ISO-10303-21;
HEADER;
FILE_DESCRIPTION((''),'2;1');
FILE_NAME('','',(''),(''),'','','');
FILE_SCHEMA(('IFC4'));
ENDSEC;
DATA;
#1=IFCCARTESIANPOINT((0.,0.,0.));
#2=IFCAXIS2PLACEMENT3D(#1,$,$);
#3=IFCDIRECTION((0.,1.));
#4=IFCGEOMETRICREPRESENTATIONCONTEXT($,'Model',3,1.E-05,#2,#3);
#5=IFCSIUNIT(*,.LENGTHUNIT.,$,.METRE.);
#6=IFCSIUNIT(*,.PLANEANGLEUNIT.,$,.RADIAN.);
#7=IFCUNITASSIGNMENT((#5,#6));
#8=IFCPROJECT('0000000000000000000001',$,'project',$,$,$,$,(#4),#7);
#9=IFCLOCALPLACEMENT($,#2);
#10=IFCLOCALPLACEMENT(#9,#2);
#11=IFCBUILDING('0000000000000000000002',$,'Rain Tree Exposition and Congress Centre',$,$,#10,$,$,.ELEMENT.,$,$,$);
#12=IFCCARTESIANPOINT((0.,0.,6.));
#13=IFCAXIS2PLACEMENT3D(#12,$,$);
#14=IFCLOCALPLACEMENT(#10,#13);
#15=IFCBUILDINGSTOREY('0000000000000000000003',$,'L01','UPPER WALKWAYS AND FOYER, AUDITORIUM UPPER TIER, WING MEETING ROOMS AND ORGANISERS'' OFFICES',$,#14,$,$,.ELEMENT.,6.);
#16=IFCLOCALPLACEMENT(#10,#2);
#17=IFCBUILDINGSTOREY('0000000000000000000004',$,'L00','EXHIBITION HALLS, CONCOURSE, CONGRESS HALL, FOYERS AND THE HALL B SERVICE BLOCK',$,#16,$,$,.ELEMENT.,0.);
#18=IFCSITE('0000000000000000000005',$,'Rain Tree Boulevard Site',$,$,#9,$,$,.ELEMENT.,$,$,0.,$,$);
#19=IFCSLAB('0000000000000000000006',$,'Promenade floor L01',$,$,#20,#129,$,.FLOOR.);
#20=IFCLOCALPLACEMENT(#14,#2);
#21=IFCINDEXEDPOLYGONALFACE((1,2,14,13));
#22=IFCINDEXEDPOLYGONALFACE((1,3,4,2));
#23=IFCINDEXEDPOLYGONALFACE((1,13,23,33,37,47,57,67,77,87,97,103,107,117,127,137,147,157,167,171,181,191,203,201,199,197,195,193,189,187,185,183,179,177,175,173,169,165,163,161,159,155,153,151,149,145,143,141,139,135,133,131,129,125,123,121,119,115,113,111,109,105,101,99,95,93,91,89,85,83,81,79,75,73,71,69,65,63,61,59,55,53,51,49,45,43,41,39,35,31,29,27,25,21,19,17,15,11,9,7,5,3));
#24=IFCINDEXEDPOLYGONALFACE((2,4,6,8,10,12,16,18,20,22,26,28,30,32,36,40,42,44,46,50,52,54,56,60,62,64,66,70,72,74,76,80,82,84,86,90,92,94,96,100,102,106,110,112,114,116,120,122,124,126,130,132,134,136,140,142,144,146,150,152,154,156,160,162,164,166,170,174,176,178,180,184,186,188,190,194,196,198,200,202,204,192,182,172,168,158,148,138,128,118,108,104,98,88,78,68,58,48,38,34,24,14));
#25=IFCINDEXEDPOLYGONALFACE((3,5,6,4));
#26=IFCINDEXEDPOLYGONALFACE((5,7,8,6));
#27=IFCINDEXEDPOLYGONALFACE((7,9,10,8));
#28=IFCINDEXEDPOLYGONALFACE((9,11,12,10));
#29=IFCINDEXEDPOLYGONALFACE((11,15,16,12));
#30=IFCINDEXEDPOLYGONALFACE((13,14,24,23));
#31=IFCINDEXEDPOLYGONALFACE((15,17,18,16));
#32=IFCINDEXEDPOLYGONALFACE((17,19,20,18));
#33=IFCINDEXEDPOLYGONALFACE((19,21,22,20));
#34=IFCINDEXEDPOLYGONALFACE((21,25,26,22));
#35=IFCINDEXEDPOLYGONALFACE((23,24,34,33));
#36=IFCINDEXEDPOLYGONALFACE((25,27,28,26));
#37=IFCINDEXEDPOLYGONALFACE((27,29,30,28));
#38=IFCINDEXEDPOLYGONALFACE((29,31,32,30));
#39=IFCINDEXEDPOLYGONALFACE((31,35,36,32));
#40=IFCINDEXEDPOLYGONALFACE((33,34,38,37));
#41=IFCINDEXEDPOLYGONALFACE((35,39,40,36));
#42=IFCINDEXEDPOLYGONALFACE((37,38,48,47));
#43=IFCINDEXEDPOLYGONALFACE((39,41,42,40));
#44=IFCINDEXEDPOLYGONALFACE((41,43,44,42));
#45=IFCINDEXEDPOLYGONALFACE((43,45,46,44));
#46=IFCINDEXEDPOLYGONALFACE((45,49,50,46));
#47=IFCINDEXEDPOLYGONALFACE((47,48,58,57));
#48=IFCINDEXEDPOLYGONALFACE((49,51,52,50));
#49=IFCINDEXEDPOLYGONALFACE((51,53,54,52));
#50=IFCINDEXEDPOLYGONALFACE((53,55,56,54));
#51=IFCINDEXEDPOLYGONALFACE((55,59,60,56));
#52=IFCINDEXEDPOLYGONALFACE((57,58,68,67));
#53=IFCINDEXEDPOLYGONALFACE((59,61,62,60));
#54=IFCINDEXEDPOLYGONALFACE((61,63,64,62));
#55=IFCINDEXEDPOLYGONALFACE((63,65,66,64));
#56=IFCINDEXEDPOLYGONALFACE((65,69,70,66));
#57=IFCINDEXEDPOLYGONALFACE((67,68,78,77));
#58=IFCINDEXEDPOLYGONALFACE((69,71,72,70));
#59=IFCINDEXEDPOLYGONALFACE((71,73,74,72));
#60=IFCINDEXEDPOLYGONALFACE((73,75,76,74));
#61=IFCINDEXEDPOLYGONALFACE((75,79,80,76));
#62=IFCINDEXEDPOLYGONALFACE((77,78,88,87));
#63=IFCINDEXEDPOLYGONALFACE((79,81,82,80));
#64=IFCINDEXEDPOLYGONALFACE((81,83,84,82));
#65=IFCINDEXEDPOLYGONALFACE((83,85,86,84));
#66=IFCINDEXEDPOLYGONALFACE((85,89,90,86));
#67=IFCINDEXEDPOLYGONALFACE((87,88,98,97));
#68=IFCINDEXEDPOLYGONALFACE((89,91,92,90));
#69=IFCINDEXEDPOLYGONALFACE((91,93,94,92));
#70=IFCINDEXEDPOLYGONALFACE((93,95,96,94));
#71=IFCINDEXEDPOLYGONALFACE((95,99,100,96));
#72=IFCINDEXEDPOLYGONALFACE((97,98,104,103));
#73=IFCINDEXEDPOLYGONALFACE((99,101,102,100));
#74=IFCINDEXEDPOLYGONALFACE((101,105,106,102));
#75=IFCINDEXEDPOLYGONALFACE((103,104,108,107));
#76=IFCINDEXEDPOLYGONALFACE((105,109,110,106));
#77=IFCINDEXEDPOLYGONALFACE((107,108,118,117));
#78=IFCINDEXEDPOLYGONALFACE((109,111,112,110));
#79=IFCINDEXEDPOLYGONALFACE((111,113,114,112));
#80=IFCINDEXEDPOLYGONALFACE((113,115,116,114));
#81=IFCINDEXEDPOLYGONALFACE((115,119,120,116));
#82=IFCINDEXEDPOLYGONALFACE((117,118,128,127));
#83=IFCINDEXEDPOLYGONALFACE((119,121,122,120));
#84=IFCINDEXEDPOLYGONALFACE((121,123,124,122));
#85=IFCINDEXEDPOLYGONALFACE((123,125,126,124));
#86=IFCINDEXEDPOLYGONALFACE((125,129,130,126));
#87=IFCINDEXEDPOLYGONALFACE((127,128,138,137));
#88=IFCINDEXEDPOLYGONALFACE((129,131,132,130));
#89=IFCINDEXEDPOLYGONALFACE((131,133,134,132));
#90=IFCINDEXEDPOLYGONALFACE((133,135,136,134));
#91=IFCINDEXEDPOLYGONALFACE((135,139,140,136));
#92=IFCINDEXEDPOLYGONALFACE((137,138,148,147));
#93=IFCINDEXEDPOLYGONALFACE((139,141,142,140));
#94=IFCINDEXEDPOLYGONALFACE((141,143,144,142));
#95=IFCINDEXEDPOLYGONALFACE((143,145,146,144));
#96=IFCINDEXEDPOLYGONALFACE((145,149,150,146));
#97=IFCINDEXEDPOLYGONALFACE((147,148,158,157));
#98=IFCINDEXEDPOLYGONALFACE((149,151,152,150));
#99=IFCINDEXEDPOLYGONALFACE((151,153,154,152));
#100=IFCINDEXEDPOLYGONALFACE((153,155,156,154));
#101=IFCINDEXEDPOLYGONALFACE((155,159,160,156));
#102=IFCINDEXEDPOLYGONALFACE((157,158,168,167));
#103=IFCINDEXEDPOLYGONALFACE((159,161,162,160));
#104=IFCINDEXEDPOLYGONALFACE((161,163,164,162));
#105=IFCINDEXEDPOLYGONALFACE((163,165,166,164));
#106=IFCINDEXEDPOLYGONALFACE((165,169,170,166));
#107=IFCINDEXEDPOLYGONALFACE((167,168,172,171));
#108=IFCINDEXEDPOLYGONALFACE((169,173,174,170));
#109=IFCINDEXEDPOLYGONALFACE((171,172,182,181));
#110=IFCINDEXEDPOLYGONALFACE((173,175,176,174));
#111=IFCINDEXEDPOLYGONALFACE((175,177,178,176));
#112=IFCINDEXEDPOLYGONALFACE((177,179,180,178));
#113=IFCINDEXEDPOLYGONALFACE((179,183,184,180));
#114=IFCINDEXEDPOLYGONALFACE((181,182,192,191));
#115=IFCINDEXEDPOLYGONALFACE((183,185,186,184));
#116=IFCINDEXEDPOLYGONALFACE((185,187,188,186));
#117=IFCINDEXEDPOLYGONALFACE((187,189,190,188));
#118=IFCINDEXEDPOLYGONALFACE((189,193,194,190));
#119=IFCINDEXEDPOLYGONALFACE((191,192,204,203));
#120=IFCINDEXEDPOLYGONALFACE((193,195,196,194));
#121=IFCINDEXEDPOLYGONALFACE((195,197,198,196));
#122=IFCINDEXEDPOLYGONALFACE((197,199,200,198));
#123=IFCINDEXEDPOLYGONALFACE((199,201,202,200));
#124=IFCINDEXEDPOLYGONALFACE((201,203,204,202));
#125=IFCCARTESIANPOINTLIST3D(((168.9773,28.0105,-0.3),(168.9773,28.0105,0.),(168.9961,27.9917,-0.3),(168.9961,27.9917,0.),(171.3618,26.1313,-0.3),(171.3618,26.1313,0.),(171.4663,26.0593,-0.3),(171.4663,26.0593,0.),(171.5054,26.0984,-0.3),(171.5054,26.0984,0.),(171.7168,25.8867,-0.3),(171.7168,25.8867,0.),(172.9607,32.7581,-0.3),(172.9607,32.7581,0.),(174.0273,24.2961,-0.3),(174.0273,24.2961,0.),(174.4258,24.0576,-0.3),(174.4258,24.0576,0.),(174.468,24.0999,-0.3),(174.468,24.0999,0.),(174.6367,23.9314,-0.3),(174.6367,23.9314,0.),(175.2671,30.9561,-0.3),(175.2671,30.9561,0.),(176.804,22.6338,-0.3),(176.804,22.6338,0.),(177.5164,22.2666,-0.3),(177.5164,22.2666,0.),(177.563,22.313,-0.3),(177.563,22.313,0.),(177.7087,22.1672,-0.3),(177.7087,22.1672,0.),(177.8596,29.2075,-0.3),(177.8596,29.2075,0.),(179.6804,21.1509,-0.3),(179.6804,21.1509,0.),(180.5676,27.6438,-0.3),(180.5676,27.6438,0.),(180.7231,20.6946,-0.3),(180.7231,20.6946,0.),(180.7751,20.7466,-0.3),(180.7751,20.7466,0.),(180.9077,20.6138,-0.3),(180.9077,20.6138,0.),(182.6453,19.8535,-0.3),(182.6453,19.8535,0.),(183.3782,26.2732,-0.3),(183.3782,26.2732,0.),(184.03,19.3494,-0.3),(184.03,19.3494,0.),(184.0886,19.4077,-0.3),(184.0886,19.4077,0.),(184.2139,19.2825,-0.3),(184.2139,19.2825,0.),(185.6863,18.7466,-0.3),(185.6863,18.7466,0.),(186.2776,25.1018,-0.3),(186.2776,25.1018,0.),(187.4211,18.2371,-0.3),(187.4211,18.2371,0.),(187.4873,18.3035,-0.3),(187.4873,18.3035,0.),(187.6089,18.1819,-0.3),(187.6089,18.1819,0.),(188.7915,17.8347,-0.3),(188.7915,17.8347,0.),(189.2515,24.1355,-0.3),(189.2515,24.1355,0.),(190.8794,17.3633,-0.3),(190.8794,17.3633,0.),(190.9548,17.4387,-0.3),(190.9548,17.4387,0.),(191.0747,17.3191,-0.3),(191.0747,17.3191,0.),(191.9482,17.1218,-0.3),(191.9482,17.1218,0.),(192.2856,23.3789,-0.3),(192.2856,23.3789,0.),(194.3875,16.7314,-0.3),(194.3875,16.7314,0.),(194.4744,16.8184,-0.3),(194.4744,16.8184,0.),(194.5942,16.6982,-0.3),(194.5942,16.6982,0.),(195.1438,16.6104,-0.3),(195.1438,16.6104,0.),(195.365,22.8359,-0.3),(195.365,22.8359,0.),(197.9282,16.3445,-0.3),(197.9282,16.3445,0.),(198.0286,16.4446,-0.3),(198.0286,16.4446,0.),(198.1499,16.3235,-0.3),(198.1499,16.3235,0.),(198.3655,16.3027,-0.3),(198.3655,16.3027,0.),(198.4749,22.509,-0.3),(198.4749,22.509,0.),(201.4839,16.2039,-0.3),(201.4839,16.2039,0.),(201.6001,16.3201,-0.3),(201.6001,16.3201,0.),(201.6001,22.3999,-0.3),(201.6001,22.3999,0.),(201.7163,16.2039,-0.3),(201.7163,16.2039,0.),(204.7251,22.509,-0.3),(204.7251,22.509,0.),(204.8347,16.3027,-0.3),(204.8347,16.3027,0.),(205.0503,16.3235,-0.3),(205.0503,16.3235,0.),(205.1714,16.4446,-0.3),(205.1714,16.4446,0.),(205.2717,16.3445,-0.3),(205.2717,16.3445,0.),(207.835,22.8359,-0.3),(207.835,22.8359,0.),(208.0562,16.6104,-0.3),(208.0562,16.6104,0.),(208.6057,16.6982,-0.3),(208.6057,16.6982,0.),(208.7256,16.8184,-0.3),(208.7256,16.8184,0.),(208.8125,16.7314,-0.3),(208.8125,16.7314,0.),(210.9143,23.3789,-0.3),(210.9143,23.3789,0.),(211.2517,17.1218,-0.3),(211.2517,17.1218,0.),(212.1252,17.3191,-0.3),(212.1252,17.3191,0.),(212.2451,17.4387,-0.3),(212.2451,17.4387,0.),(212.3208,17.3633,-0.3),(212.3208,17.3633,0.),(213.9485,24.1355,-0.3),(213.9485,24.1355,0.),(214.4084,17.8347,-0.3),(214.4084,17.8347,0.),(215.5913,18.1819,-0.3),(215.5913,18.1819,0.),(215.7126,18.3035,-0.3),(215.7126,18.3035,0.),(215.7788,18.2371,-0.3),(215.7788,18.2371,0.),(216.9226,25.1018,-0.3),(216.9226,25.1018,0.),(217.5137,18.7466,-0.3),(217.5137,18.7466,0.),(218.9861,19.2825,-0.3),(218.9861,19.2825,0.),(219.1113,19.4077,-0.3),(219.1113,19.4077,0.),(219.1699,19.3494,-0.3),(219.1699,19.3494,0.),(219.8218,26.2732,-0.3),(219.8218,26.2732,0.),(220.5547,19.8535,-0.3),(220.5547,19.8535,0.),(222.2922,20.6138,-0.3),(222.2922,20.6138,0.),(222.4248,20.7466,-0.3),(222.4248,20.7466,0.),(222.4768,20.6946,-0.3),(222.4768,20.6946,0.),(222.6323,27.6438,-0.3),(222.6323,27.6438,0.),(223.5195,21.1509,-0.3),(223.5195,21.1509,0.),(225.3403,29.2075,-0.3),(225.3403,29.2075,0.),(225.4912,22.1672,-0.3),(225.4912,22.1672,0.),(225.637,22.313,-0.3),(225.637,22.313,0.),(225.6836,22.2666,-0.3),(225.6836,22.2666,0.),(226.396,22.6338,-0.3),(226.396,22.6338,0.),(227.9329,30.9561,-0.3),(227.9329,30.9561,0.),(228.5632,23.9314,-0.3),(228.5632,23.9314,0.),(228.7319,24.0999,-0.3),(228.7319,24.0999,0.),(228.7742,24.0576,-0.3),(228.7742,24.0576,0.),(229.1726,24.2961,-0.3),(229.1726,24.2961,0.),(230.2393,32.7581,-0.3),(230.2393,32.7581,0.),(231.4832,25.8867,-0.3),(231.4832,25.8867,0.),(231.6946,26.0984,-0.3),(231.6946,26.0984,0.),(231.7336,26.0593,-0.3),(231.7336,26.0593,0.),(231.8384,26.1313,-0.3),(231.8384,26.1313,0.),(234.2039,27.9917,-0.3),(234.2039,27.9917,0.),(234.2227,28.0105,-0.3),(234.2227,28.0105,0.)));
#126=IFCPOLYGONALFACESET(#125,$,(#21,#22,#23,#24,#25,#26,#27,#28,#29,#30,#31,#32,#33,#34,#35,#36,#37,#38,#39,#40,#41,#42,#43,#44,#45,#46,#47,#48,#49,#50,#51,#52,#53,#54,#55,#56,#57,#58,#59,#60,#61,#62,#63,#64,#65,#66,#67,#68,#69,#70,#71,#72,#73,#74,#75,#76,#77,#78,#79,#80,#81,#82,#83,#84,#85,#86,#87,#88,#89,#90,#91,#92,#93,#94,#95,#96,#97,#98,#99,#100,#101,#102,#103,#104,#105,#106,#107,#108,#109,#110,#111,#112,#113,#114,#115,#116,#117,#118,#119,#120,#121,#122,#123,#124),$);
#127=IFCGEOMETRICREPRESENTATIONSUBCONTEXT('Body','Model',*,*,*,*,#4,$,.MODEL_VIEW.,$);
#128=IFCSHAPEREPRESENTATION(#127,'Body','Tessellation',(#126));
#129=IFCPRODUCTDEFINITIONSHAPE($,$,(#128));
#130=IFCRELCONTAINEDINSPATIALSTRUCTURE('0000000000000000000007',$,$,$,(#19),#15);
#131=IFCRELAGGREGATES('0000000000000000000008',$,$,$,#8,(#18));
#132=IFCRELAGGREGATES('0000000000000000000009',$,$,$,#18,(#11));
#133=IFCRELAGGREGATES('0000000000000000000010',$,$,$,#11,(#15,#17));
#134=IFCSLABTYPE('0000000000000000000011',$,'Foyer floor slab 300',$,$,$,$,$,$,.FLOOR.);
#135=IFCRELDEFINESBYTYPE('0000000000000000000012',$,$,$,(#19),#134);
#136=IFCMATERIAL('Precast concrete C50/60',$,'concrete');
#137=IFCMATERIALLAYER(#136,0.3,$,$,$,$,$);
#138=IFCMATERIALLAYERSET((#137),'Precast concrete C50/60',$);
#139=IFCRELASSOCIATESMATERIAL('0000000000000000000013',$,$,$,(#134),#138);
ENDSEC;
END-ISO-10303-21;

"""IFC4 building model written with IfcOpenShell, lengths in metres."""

from ifc_helpers import new_model, si_unit, direction, frame, origin, place, context, subcontext, project, spatial, polyline, outline, extrude, material, layer, layer_set, type_object, element, save


model = new_model("IFC4")

# Units and contexts
model_context = context("Model", 3, precision=1e-05, world=origin(), true_north=direction((0.0, 1.0)))
body_context = subcontext(model_context, "Body", "Model", "MODEL_VIEW")
ifc_project = project(units=[si_unit("LENGTHUNIT", "METRE"), si_unit("PLANEANGLEUNIT", "RADIAN")], contexts=[model_context])

# Site, building, storey
site_placement = place(None, origin())
site = spatial("IfcSite", under=ifc_project, at=site_placement, Name="Rain Tree Boulevard Site", CompositionType="ELEMENT", RefElevation=0.0)
building_placement = place(site_placement, origin())
building = spatial("IfcBuilding", under=site, at=building_placement, Name="Rain Tree Exposition and Congress Centre", CompositionType="ELEMENT")
storey_1_placement = place(building_placement, frame((0.0, 0.0, 6.0)))
storey_1 = spatial("IfcBuildingStorey", under=building, at=storey_1_placement, Name="L01", Description="UPPER WALKWAYS AND FOYER, AUDITORIUM UPPER TIER, WING MEETING ROOMS AND ORGANISERS' OFFICES", CompositionType="ELEMENT", Elevation=6.0)

# Slab
ifc_material_1 = material(Name="Precast concrete C50/60", Category="concrete")
ifc_layer_1 = layer(ifc_material_1, 0.3)
ifc_layer_set_1 = layer_set([ifc_layer_1], Name="Precast concrete C50/60")
slab_type_1 = type_object("IfcSlabType", Name="Foyer floor slab 300", PredefinedType="FLOOR", material=ifc_layer_set_1)
slab_1_placement = place(storey_1_placement, frame((0.0, 0.0, -0.3)))
element("IfcSlab", 1, at=slab_1_placement, inside=storey_1, type_object=slab_type_1, Name="Promenade floor L01", PredefinedType="FLOOR", context=body_context, shape_type="SweptSolid", body=[
    extrude(outline(polyline([(177.8596, 29.2075), (175.2671, 30.9561), (172.9607, 32.7581), (168.9773, 28.0105), (168.9961, 27.9917), (171.3618, 26.1313), (171.4663, 26.0593), (171.5054, 26.0984), (171.7168, 25.8867), (174.0273, 24.2961), (174.4258, 24.0576), (174.468, 24.0999), (174.6367, 23.9314), (176.804, 22.6338), (177.5164, 22.2666), (177.563, 22.313), (177.7087, 22.1672), (179.6804, 21.1509), (180.7231, 20.6946), (180.7751, 20.7466), (180.9077, 20.6138), (182.6453, 19.8535), (184.03, 19.3494), (184.0886, 19.4077), (184.2139, 19.2825), (185.6863, 18.7466), (187.4211, 18.2371), (187.4873, 18.3035), (187.6089, 18.1819), (188.7915, 17.8347), (190.8794, 17.3633), (190.9548, 17.4387), (191.0747, 17.3191), (191.9482, 17.1218), (194.3875, 16.7314), (194.4744, 16.8184), (194.5942, 16.6982), (195.1438, 16.6104), (197.9282, 16.3445), (198.0286, 16.4446), (198.1499, 16.3235), (198.3655, 16.3027), (201.4839, 16.2039), (201.6001, 16.3201), (201.7163, 16.2039), (204.8347, 16.3027), (205.0503, 16.3235), (205.1714, 16.4446), (205.2717, 16.3445), (208.0562, 16.6104), (208.6057, 16.6982), (208.7256, 16.8184), (208.8125, 16.7314), (211.2517, 17.1218), (212.1252, 17.3191), (212.2451, 17.4387), (212.3208, 17.3633), (214.4084, 17.8347), (215.5913, 18.1819), (215.7126, 18.3035), (215.7788, 18.2371), (217.5137, 18.7466), (218.9861, 19.2825), (219.1113, 19.4077), (219.1699, 19.3494), (220.5547, 19.8535), (222.2922, 20.6138), (222.4248, 20.7466), (222.4768, 20.6946), (223.5195, 21.1509), (225.4912, 22.1672), (225.637, 22.313), (225.6836, 22.2666), (226.396, 22.6338), (228.5632, 23.9314), (228.7319, 24.0999), (228.7742, 24.0576), (229.1726, 24.2961), (231.4832, 25.8867), (231.6946, 26.0984), (231.7336, 26.0593), (231.8384, 26.1313), (234.2039, 27.9917), (234.2227, 28.0105), (230.2393, 32.7581), (227.9329, 30.9561), (225.3403, 29.2075), (222.6323, 27.6438), (219.8218, 26.2732), (216.9226, 25.1018), (213.9485, 24.1355), (210.9143, 23.3789), (207.835, 22.8359), (204.7251, 22.509), (201.6001, 22.3999), (198.4749, 22.509), (195.365, 22.8359), (192.2856, 23.3789), (189.2515, 24.1355), (186.2776, 25.1018), (183.3782, 26.2732), (180.5676, 27.6438), (177.8596, 29.2075)])), origin(), (0.0, 0.0, 1.0), 0.3),
])

# Shared definitions
storey_2_placement = place(building_placement, origin())
storey_2 = spatial("IfcBuildingStorey", under=building, at=storey_2_placement, Name="L00", Description="EXHIBITION HALLS, CONCOURSE, CONGRESS HALL, FOYERS AND THE HALL B SERVICE BLOCK", CompositionType="ELEMENT", Elevation=0.0)

save(model, "model.ifc")
